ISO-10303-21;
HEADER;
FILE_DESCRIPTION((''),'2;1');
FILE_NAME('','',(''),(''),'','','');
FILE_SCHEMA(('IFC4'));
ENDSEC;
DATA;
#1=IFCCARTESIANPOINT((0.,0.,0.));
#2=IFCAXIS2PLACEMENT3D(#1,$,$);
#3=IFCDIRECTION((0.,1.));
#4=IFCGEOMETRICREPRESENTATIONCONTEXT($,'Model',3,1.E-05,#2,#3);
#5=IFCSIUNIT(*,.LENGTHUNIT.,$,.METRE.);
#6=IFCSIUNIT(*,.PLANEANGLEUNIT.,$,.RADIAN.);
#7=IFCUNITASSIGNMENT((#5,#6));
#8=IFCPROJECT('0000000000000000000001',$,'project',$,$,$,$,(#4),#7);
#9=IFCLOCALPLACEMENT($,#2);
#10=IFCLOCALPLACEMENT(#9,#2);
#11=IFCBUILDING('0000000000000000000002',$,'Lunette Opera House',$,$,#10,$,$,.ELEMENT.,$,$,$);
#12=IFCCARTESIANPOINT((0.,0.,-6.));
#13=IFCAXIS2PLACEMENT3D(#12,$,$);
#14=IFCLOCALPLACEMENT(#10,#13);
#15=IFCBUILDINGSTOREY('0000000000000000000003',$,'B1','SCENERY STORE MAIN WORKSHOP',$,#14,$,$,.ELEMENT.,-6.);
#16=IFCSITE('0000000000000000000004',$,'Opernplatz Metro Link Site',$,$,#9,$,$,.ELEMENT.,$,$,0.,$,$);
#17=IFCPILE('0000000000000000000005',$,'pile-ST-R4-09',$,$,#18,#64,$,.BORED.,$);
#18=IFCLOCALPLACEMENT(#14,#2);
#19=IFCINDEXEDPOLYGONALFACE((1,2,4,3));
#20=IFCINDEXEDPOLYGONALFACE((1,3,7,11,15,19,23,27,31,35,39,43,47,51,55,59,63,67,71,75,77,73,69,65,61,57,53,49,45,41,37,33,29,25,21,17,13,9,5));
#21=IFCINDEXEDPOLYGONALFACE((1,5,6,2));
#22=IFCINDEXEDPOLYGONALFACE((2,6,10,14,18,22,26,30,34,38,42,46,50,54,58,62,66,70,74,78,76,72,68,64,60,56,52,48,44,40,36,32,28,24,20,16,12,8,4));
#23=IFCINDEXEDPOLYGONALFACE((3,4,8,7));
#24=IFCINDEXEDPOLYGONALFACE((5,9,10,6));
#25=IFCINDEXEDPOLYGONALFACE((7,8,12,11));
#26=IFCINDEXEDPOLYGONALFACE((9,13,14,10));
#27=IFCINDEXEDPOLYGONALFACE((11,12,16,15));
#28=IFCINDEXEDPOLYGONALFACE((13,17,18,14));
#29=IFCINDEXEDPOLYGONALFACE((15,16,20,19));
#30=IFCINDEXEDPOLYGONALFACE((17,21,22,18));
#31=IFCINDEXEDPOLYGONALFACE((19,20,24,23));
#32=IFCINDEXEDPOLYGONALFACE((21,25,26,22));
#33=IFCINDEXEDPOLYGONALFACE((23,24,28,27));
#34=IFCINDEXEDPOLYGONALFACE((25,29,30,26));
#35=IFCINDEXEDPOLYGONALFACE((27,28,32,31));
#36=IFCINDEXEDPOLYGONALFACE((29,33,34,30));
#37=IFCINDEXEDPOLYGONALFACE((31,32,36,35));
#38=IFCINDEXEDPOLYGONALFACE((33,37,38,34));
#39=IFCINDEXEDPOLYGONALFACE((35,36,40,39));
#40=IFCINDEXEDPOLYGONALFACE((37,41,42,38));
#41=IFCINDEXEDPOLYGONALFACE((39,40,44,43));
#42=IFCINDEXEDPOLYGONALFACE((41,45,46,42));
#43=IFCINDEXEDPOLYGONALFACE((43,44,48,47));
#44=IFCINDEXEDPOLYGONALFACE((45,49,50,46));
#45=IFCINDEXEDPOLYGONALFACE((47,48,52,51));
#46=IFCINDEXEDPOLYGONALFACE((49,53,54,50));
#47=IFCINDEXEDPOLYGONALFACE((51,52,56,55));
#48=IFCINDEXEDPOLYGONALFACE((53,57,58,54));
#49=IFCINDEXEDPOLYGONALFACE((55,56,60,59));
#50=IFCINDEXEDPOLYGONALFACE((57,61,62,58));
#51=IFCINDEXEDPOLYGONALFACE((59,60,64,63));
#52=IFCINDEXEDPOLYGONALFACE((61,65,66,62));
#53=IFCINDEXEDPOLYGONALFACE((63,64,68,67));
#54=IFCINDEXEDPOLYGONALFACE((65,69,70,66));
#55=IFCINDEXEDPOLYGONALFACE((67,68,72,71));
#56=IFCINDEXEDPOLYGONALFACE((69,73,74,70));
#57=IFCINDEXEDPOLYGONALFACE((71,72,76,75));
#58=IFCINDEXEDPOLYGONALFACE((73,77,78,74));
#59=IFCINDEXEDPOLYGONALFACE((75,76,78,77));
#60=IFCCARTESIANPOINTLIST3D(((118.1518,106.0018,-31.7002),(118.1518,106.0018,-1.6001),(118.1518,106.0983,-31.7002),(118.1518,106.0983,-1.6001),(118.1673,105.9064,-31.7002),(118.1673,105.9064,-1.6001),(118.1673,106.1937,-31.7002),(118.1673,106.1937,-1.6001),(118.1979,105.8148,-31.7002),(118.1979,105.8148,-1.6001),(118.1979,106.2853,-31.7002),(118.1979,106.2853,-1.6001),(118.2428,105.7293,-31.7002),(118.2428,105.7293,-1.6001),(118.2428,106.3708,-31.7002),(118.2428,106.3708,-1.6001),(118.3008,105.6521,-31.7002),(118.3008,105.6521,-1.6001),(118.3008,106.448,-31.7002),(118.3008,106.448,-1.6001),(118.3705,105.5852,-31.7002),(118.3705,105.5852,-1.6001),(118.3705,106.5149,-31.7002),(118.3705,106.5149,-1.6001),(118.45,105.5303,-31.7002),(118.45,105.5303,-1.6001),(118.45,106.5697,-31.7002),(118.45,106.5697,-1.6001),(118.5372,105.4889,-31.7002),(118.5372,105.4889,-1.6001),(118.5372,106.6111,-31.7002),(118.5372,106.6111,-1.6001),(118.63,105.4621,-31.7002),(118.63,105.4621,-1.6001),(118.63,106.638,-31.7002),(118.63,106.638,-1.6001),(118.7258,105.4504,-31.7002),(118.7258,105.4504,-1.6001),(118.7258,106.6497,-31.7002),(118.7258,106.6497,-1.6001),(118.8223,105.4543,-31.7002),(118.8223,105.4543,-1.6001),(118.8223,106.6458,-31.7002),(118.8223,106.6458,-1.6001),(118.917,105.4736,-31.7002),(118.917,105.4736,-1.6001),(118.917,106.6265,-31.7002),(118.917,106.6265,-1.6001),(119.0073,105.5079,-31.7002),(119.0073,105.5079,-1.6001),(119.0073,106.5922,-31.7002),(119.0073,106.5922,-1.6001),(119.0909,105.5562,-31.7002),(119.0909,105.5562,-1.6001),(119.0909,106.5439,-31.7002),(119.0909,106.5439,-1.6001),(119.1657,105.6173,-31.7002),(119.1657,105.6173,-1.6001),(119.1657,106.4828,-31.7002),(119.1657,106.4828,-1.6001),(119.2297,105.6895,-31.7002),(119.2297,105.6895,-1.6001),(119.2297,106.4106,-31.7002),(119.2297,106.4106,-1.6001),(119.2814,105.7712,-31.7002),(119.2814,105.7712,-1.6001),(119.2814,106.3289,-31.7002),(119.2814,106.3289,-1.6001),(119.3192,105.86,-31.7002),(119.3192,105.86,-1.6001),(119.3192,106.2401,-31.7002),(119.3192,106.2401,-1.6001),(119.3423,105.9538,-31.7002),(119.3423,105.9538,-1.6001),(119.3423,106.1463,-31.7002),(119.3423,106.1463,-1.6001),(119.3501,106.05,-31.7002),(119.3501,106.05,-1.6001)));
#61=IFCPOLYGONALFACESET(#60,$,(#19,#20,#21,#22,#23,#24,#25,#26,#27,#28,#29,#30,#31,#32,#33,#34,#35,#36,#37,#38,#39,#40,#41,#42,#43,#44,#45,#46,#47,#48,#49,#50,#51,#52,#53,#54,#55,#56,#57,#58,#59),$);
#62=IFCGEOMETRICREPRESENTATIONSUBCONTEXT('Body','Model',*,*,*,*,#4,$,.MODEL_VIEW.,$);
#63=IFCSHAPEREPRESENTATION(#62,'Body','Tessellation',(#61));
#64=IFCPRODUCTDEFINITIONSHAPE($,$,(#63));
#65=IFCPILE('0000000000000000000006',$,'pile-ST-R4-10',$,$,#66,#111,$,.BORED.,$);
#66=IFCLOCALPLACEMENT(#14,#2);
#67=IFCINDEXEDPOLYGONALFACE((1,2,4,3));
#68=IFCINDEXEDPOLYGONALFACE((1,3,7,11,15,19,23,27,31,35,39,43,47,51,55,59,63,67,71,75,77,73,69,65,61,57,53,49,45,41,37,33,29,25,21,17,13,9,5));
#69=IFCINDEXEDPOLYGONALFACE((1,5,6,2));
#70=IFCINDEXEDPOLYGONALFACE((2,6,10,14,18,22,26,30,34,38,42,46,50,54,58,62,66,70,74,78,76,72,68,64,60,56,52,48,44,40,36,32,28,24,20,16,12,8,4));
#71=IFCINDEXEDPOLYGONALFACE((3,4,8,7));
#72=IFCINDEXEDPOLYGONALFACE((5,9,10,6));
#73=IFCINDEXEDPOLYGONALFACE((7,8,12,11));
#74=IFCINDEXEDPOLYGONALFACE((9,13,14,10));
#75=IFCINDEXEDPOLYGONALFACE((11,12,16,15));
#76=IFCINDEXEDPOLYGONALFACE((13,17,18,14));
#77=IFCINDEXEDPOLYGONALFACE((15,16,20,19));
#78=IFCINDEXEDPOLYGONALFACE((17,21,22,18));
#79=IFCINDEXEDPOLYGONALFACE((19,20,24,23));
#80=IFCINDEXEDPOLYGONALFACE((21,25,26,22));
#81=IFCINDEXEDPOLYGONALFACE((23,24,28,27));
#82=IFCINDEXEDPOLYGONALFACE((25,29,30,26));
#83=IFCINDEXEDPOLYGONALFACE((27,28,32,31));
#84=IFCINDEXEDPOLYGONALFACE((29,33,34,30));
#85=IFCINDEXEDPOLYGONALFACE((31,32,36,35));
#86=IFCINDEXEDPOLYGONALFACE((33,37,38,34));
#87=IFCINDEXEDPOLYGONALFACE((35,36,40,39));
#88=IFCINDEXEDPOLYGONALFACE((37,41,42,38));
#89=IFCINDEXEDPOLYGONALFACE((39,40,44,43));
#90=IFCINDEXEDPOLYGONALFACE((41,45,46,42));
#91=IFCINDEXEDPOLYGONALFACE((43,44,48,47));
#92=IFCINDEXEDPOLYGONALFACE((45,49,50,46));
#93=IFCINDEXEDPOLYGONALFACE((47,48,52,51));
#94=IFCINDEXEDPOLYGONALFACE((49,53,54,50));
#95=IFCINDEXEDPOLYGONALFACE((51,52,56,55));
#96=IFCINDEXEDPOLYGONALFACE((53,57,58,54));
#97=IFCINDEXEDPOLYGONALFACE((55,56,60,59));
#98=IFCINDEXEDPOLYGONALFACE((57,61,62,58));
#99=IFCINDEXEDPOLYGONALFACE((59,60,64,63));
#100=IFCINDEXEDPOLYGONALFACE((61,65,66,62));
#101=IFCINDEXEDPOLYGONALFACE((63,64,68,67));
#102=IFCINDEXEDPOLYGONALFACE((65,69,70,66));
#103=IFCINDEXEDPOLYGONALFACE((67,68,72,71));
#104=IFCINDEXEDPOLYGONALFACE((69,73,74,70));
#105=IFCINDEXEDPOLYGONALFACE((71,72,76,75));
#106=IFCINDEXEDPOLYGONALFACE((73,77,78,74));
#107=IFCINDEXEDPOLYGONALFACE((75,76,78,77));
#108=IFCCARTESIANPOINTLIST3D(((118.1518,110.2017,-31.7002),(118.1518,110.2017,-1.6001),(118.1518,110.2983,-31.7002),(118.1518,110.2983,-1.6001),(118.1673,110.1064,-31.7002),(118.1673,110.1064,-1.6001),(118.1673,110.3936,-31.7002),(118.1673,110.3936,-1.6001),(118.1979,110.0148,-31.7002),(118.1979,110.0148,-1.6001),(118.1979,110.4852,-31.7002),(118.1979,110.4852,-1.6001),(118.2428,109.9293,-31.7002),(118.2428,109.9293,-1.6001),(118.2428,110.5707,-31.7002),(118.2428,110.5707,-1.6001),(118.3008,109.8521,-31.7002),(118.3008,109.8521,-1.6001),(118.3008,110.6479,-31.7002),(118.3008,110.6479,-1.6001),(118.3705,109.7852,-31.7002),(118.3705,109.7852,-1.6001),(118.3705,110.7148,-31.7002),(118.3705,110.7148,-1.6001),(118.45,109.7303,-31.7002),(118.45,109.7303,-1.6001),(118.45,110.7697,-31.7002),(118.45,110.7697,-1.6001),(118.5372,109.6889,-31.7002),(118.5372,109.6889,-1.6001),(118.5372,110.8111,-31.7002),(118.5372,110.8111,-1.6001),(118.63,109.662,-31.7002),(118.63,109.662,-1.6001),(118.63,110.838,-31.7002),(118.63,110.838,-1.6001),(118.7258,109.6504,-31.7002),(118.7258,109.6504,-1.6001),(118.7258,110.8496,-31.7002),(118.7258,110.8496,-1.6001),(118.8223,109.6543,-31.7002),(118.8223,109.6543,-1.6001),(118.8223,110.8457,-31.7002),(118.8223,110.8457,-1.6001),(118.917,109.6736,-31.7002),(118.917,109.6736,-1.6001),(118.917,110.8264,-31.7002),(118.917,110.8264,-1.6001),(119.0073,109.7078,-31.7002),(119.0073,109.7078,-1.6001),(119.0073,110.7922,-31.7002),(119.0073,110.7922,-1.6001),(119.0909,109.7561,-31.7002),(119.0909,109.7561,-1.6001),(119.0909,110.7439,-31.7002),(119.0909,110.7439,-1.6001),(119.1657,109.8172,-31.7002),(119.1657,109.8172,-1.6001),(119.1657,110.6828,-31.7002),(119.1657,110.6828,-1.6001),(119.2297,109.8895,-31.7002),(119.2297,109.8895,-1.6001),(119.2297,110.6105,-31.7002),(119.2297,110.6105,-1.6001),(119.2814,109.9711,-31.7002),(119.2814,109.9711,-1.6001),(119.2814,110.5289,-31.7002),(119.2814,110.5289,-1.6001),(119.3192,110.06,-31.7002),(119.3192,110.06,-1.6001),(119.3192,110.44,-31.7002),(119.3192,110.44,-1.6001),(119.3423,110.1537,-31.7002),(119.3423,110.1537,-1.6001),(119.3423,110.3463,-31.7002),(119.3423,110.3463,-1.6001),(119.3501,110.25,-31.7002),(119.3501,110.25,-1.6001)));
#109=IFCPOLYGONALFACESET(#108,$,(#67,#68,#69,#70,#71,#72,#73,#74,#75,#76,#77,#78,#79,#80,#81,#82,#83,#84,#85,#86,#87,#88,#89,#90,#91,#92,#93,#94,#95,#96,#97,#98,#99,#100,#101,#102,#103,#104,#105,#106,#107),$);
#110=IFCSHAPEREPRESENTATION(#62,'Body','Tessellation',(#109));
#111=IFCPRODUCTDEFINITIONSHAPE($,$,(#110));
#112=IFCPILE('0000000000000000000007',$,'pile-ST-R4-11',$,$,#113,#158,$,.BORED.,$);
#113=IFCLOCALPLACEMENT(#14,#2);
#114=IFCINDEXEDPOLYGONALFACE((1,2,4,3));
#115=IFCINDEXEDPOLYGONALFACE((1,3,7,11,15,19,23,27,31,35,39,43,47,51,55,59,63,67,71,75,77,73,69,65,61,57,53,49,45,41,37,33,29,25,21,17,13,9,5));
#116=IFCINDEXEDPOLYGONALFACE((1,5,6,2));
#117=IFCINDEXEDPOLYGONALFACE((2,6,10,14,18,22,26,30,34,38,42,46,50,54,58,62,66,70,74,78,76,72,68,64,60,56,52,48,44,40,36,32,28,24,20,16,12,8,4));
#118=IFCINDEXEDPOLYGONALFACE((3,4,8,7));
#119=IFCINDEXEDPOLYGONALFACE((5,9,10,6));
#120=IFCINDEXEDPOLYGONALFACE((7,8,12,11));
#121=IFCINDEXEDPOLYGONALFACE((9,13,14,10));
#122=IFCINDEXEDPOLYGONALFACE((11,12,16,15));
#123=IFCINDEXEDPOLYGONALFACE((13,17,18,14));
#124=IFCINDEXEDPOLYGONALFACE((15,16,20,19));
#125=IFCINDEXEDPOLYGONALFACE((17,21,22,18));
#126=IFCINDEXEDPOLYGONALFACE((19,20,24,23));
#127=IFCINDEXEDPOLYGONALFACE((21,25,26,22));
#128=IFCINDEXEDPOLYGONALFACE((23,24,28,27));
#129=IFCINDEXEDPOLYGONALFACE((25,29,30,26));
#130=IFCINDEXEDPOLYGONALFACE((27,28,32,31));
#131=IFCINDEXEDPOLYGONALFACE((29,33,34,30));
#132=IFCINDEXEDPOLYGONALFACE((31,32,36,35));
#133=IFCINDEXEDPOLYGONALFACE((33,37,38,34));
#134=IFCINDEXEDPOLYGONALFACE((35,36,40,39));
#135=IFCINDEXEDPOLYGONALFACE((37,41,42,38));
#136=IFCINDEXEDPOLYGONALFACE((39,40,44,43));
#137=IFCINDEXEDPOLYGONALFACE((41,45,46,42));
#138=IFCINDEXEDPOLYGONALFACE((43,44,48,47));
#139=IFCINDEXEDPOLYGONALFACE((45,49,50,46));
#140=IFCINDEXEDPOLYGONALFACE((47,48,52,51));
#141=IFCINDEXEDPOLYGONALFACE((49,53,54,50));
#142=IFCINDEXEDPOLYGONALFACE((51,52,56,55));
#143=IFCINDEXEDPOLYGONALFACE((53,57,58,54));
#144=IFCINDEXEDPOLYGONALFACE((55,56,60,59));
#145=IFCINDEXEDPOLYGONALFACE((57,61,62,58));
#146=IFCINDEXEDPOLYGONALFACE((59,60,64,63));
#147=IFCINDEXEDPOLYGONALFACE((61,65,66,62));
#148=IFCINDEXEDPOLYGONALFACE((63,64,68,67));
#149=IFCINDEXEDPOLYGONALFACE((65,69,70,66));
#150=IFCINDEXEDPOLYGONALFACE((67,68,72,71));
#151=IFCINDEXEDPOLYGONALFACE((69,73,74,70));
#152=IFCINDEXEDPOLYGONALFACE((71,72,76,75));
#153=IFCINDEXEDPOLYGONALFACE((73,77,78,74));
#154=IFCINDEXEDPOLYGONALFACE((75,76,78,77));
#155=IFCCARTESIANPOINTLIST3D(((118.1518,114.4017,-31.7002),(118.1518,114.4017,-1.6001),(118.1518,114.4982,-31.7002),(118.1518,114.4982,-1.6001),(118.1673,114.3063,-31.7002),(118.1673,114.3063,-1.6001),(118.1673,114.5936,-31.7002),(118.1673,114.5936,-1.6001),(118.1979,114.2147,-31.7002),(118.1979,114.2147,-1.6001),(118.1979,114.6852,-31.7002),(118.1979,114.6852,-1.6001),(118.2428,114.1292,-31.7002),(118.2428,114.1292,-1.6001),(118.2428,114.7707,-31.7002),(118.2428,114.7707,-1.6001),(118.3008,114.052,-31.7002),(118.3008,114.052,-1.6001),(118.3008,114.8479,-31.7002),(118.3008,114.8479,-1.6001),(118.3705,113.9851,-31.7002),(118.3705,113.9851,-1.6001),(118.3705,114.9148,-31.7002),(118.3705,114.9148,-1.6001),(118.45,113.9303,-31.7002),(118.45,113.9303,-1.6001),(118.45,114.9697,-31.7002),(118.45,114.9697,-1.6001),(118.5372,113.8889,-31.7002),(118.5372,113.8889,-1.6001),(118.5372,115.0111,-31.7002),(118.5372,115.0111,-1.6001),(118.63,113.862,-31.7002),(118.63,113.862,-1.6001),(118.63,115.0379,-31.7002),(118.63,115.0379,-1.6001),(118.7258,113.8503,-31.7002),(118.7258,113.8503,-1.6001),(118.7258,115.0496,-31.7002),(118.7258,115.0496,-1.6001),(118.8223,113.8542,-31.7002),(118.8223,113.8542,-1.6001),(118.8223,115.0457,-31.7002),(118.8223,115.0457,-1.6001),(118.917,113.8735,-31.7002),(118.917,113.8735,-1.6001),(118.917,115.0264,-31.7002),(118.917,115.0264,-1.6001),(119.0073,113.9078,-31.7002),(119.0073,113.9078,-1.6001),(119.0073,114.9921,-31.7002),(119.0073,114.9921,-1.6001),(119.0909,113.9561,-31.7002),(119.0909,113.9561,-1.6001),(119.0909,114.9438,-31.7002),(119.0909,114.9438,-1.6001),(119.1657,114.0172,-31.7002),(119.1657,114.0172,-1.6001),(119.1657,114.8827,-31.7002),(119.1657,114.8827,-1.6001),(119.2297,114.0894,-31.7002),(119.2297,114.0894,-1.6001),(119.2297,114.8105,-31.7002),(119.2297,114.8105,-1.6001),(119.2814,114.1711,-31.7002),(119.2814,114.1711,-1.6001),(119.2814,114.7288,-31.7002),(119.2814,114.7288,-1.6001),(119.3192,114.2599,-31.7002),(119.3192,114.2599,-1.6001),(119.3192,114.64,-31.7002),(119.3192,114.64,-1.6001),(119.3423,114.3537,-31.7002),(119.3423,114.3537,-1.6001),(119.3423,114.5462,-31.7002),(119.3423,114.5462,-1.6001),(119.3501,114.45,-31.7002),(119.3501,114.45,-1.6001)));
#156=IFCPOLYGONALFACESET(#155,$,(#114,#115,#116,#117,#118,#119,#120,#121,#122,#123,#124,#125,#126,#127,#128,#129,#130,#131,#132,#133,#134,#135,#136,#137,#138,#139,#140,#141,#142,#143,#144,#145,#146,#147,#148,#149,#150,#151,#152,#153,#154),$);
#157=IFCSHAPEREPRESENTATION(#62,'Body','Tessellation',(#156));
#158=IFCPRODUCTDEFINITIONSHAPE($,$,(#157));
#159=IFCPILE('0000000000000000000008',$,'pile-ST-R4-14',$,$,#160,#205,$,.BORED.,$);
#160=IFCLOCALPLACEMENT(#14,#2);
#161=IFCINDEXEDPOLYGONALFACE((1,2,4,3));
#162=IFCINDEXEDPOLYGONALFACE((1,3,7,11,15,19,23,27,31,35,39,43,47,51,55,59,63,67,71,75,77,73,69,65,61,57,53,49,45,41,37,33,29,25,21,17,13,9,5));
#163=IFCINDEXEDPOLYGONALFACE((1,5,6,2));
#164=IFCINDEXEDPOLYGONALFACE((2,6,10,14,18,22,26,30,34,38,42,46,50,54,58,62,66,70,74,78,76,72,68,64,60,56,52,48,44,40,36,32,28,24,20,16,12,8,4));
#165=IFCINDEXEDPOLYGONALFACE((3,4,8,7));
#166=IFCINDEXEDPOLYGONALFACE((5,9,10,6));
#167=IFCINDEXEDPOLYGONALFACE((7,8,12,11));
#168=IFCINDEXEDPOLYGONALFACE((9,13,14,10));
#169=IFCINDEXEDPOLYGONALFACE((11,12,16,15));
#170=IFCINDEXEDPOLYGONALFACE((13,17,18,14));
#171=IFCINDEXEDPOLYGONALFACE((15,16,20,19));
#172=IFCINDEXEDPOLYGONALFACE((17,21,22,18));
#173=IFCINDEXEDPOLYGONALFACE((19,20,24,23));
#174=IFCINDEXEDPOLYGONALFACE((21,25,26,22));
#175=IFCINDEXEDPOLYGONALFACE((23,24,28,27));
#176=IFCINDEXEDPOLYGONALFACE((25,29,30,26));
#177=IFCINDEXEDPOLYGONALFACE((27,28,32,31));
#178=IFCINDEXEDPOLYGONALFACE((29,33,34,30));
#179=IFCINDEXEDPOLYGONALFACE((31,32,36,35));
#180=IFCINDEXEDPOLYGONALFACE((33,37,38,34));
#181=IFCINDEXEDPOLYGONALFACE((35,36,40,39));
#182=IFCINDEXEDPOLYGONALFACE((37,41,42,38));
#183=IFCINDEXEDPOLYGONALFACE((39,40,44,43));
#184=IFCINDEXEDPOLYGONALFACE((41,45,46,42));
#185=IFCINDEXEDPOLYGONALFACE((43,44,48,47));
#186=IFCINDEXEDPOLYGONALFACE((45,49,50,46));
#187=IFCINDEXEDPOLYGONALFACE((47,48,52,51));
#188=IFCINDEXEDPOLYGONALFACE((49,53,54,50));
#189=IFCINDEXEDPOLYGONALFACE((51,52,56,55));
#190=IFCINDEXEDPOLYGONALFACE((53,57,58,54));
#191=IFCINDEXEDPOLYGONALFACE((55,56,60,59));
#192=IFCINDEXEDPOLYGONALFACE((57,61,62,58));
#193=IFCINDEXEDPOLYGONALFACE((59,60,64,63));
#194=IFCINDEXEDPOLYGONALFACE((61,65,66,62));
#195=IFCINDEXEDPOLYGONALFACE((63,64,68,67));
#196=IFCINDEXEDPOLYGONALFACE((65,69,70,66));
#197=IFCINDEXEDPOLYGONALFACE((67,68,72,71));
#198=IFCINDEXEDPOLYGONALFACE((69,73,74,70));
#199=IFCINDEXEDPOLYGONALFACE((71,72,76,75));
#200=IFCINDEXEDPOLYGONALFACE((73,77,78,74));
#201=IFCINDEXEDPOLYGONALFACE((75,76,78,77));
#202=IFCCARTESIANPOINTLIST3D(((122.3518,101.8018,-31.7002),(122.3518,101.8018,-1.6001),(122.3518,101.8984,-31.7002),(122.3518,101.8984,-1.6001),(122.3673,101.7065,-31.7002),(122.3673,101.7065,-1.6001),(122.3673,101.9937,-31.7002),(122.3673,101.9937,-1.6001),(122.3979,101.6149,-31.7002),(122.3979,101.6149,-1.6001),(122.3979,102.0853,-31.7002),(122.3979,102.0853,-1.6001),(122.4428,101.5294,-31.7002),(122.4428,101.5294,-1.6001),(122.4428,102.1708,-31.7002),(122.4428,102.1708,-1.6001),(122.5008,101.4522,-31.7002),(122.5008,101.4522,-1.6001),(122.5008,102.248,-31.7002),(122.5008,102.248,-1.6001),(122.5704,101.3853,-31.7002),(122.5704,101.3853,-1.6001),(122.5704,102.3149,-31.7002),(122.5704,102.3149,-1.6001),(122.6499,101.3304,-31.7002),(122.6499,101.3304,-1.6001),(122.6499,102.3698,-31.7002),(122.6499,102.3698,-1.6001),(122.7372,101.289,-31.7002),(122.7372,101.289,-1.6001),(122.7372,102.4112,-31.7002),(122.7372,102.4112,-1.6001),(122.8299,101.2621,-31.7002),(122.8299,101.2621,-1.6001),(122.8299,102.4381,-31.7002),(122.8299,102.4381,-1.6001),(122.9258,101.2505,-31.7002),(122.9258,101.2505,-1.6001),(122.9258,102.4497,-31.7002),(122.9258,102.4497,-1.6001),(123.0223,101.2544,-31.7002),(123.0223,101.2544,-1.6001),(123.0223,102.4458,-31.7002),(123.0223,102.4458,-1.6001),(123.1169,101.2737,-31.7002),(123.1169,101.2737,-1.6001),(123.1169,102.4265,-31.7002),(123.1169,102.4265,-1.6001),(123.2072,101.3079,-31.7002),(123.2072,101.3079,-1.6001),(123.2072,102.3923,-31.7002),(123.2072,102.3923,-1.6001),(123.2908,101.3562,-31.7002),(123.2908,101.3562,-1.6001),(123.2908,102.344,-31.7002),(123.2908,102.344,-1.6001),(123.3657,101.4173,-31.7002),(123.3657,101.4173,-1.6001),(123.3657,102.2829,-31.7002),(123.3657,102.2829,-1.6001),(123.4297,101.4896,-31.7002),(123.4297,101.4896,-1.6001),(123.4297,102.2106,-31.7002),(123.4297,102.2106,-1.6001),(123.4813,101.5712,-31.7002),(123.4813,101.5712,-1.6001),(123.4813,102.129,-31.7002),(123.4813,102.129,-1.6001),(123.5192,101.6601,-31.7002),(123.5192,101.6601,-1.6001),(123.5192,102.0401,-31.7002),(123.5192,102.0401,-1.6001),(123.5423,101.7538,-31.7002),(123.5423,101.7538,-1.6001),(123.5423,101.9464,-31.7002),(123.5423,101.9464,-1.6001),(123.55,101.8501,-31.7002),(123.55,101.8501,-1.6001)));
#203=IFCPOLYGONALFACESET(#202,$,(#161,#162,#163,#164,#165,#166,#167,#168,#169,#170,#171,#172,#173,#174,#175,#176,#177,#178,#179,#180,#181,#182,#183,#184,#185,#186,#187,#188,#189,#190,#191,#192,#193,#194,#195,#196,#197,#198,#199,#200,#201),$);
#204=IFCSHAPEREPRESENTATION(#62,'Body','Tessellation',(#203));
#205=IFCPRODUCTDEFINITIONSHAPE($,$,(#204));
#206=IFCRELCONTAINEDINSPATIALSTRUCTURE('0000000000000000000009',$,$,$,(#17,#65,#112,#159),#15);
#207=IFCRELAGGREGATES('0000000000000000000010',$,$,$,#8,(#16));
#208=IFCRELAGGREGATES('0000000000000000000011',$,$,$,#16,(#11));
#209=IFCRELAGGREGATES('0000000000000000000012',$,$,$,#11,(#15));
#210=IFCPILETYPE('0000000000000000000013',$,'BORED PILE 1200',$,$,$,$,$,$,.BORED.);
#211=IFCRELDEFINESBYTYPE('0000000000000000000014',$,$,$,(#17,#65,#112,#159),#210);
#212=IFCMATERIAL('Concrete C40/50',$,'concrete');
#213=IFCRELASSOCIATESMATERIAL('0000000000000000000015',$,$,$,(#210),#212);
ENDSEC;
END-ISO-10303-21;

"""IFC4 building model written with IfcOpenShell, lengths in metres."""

from ifc_helpers import new_model, si_unit, direction, frame, origin, origin_2d, place, context, subcontext, project, spatial, circle, extrude, material, material_profile, profile_set, type_object, element, save


model = new_model("IFC4")

# Units and contexts
model_context = context("Model", 3, precision=1e-05, world=origin(), true_north=direction((0.0, 1.0)))
body_context = subcontext(model_context, "Body", "Model", "MODEL_VIEW")
ifc_project = project(units=[si_unit("LENGTHUNIT", "METRE"), si_unit("PLANEANGLEUNIT", "RADIAN")], contexts=[model_context])

# Site, building, storey
site_placement = place(None, origin())
site = spatial("IfcSite", under=ifc_project, at=site_placement, Name="Opernplatz Metro Link Site", CompositionType="ELEMENT", RefElevation=0.0)
building_placement = place(site_placement, origin())
building = spatial("IfcBuilding", under=site, at=building_placement, Name="Lunette Opera House", CompositionType="ELEMENT")
storey_placement = place(building_placement, frame((0.0, 0.0, -6.0)))
storey = spatial("IfcBuildingStorey", under=building, at=storey_placement, Name="B1", Description="SCENERY STORE MAIN WORKSHOP", CompositionType="ELEMENT", Elevation=-6.0)

# Piles
ifc_material_1 = material(Name="Concrete C40/50", Category="concrete")
ifc_material_profile_1 = material_profile(ifc_material_1, circle(Radius=0.6001, at=origin_2d()), Name="BORED PILE 1200")
ifc_profile_set_1 = profile_set([ifc_material_profile_1], Name="Concrete C40/50")
pile_type = type_object("IfcPileType", Name="BORED PILE 1200", PredefinedType="BORED", material=ifc_profile_set_1)
for number, where, z_axis, x_axis, name in (
    (1, (118.75, 106.05, -1.6001), (0.0, 0.0, -1.0), (1.0, 0.0, 0.0), "pile-ST-R4-09"),
    (2, (118.75, 110.25, -1.6001), (0.0, 0.0, -1.0), (1.0, 0.0, 0.0), "pile-ST-R4-10"),
    (3, (118.75, 114.45, -1.6001), (0.0, 0.0, -1.0), (1.0, 0.0, 0.0), "pile-ST-R4-11"),
    (4, (122.95, 101.8501, -1.6001), (0.0, 0.0, -1.0), (1.0, 0.0, 0.0), "pile-ST-R4-14"),
):
    element("IfcPile", number, at=place(storey_placement, frame(where, z_axis=z_axis, x_axis=x_axis)), inside=storey, type_object=pile_type, Name=name, PredefinedType="BORED", context=body_context, shape_type="SweptSolid", body=[
        extrude(circle(Radius=0.6001, at=origin_2d()), origin(), (0.0, 0.0, 1.0), 30.1001),
    ])

save(model, "model.ifc")
